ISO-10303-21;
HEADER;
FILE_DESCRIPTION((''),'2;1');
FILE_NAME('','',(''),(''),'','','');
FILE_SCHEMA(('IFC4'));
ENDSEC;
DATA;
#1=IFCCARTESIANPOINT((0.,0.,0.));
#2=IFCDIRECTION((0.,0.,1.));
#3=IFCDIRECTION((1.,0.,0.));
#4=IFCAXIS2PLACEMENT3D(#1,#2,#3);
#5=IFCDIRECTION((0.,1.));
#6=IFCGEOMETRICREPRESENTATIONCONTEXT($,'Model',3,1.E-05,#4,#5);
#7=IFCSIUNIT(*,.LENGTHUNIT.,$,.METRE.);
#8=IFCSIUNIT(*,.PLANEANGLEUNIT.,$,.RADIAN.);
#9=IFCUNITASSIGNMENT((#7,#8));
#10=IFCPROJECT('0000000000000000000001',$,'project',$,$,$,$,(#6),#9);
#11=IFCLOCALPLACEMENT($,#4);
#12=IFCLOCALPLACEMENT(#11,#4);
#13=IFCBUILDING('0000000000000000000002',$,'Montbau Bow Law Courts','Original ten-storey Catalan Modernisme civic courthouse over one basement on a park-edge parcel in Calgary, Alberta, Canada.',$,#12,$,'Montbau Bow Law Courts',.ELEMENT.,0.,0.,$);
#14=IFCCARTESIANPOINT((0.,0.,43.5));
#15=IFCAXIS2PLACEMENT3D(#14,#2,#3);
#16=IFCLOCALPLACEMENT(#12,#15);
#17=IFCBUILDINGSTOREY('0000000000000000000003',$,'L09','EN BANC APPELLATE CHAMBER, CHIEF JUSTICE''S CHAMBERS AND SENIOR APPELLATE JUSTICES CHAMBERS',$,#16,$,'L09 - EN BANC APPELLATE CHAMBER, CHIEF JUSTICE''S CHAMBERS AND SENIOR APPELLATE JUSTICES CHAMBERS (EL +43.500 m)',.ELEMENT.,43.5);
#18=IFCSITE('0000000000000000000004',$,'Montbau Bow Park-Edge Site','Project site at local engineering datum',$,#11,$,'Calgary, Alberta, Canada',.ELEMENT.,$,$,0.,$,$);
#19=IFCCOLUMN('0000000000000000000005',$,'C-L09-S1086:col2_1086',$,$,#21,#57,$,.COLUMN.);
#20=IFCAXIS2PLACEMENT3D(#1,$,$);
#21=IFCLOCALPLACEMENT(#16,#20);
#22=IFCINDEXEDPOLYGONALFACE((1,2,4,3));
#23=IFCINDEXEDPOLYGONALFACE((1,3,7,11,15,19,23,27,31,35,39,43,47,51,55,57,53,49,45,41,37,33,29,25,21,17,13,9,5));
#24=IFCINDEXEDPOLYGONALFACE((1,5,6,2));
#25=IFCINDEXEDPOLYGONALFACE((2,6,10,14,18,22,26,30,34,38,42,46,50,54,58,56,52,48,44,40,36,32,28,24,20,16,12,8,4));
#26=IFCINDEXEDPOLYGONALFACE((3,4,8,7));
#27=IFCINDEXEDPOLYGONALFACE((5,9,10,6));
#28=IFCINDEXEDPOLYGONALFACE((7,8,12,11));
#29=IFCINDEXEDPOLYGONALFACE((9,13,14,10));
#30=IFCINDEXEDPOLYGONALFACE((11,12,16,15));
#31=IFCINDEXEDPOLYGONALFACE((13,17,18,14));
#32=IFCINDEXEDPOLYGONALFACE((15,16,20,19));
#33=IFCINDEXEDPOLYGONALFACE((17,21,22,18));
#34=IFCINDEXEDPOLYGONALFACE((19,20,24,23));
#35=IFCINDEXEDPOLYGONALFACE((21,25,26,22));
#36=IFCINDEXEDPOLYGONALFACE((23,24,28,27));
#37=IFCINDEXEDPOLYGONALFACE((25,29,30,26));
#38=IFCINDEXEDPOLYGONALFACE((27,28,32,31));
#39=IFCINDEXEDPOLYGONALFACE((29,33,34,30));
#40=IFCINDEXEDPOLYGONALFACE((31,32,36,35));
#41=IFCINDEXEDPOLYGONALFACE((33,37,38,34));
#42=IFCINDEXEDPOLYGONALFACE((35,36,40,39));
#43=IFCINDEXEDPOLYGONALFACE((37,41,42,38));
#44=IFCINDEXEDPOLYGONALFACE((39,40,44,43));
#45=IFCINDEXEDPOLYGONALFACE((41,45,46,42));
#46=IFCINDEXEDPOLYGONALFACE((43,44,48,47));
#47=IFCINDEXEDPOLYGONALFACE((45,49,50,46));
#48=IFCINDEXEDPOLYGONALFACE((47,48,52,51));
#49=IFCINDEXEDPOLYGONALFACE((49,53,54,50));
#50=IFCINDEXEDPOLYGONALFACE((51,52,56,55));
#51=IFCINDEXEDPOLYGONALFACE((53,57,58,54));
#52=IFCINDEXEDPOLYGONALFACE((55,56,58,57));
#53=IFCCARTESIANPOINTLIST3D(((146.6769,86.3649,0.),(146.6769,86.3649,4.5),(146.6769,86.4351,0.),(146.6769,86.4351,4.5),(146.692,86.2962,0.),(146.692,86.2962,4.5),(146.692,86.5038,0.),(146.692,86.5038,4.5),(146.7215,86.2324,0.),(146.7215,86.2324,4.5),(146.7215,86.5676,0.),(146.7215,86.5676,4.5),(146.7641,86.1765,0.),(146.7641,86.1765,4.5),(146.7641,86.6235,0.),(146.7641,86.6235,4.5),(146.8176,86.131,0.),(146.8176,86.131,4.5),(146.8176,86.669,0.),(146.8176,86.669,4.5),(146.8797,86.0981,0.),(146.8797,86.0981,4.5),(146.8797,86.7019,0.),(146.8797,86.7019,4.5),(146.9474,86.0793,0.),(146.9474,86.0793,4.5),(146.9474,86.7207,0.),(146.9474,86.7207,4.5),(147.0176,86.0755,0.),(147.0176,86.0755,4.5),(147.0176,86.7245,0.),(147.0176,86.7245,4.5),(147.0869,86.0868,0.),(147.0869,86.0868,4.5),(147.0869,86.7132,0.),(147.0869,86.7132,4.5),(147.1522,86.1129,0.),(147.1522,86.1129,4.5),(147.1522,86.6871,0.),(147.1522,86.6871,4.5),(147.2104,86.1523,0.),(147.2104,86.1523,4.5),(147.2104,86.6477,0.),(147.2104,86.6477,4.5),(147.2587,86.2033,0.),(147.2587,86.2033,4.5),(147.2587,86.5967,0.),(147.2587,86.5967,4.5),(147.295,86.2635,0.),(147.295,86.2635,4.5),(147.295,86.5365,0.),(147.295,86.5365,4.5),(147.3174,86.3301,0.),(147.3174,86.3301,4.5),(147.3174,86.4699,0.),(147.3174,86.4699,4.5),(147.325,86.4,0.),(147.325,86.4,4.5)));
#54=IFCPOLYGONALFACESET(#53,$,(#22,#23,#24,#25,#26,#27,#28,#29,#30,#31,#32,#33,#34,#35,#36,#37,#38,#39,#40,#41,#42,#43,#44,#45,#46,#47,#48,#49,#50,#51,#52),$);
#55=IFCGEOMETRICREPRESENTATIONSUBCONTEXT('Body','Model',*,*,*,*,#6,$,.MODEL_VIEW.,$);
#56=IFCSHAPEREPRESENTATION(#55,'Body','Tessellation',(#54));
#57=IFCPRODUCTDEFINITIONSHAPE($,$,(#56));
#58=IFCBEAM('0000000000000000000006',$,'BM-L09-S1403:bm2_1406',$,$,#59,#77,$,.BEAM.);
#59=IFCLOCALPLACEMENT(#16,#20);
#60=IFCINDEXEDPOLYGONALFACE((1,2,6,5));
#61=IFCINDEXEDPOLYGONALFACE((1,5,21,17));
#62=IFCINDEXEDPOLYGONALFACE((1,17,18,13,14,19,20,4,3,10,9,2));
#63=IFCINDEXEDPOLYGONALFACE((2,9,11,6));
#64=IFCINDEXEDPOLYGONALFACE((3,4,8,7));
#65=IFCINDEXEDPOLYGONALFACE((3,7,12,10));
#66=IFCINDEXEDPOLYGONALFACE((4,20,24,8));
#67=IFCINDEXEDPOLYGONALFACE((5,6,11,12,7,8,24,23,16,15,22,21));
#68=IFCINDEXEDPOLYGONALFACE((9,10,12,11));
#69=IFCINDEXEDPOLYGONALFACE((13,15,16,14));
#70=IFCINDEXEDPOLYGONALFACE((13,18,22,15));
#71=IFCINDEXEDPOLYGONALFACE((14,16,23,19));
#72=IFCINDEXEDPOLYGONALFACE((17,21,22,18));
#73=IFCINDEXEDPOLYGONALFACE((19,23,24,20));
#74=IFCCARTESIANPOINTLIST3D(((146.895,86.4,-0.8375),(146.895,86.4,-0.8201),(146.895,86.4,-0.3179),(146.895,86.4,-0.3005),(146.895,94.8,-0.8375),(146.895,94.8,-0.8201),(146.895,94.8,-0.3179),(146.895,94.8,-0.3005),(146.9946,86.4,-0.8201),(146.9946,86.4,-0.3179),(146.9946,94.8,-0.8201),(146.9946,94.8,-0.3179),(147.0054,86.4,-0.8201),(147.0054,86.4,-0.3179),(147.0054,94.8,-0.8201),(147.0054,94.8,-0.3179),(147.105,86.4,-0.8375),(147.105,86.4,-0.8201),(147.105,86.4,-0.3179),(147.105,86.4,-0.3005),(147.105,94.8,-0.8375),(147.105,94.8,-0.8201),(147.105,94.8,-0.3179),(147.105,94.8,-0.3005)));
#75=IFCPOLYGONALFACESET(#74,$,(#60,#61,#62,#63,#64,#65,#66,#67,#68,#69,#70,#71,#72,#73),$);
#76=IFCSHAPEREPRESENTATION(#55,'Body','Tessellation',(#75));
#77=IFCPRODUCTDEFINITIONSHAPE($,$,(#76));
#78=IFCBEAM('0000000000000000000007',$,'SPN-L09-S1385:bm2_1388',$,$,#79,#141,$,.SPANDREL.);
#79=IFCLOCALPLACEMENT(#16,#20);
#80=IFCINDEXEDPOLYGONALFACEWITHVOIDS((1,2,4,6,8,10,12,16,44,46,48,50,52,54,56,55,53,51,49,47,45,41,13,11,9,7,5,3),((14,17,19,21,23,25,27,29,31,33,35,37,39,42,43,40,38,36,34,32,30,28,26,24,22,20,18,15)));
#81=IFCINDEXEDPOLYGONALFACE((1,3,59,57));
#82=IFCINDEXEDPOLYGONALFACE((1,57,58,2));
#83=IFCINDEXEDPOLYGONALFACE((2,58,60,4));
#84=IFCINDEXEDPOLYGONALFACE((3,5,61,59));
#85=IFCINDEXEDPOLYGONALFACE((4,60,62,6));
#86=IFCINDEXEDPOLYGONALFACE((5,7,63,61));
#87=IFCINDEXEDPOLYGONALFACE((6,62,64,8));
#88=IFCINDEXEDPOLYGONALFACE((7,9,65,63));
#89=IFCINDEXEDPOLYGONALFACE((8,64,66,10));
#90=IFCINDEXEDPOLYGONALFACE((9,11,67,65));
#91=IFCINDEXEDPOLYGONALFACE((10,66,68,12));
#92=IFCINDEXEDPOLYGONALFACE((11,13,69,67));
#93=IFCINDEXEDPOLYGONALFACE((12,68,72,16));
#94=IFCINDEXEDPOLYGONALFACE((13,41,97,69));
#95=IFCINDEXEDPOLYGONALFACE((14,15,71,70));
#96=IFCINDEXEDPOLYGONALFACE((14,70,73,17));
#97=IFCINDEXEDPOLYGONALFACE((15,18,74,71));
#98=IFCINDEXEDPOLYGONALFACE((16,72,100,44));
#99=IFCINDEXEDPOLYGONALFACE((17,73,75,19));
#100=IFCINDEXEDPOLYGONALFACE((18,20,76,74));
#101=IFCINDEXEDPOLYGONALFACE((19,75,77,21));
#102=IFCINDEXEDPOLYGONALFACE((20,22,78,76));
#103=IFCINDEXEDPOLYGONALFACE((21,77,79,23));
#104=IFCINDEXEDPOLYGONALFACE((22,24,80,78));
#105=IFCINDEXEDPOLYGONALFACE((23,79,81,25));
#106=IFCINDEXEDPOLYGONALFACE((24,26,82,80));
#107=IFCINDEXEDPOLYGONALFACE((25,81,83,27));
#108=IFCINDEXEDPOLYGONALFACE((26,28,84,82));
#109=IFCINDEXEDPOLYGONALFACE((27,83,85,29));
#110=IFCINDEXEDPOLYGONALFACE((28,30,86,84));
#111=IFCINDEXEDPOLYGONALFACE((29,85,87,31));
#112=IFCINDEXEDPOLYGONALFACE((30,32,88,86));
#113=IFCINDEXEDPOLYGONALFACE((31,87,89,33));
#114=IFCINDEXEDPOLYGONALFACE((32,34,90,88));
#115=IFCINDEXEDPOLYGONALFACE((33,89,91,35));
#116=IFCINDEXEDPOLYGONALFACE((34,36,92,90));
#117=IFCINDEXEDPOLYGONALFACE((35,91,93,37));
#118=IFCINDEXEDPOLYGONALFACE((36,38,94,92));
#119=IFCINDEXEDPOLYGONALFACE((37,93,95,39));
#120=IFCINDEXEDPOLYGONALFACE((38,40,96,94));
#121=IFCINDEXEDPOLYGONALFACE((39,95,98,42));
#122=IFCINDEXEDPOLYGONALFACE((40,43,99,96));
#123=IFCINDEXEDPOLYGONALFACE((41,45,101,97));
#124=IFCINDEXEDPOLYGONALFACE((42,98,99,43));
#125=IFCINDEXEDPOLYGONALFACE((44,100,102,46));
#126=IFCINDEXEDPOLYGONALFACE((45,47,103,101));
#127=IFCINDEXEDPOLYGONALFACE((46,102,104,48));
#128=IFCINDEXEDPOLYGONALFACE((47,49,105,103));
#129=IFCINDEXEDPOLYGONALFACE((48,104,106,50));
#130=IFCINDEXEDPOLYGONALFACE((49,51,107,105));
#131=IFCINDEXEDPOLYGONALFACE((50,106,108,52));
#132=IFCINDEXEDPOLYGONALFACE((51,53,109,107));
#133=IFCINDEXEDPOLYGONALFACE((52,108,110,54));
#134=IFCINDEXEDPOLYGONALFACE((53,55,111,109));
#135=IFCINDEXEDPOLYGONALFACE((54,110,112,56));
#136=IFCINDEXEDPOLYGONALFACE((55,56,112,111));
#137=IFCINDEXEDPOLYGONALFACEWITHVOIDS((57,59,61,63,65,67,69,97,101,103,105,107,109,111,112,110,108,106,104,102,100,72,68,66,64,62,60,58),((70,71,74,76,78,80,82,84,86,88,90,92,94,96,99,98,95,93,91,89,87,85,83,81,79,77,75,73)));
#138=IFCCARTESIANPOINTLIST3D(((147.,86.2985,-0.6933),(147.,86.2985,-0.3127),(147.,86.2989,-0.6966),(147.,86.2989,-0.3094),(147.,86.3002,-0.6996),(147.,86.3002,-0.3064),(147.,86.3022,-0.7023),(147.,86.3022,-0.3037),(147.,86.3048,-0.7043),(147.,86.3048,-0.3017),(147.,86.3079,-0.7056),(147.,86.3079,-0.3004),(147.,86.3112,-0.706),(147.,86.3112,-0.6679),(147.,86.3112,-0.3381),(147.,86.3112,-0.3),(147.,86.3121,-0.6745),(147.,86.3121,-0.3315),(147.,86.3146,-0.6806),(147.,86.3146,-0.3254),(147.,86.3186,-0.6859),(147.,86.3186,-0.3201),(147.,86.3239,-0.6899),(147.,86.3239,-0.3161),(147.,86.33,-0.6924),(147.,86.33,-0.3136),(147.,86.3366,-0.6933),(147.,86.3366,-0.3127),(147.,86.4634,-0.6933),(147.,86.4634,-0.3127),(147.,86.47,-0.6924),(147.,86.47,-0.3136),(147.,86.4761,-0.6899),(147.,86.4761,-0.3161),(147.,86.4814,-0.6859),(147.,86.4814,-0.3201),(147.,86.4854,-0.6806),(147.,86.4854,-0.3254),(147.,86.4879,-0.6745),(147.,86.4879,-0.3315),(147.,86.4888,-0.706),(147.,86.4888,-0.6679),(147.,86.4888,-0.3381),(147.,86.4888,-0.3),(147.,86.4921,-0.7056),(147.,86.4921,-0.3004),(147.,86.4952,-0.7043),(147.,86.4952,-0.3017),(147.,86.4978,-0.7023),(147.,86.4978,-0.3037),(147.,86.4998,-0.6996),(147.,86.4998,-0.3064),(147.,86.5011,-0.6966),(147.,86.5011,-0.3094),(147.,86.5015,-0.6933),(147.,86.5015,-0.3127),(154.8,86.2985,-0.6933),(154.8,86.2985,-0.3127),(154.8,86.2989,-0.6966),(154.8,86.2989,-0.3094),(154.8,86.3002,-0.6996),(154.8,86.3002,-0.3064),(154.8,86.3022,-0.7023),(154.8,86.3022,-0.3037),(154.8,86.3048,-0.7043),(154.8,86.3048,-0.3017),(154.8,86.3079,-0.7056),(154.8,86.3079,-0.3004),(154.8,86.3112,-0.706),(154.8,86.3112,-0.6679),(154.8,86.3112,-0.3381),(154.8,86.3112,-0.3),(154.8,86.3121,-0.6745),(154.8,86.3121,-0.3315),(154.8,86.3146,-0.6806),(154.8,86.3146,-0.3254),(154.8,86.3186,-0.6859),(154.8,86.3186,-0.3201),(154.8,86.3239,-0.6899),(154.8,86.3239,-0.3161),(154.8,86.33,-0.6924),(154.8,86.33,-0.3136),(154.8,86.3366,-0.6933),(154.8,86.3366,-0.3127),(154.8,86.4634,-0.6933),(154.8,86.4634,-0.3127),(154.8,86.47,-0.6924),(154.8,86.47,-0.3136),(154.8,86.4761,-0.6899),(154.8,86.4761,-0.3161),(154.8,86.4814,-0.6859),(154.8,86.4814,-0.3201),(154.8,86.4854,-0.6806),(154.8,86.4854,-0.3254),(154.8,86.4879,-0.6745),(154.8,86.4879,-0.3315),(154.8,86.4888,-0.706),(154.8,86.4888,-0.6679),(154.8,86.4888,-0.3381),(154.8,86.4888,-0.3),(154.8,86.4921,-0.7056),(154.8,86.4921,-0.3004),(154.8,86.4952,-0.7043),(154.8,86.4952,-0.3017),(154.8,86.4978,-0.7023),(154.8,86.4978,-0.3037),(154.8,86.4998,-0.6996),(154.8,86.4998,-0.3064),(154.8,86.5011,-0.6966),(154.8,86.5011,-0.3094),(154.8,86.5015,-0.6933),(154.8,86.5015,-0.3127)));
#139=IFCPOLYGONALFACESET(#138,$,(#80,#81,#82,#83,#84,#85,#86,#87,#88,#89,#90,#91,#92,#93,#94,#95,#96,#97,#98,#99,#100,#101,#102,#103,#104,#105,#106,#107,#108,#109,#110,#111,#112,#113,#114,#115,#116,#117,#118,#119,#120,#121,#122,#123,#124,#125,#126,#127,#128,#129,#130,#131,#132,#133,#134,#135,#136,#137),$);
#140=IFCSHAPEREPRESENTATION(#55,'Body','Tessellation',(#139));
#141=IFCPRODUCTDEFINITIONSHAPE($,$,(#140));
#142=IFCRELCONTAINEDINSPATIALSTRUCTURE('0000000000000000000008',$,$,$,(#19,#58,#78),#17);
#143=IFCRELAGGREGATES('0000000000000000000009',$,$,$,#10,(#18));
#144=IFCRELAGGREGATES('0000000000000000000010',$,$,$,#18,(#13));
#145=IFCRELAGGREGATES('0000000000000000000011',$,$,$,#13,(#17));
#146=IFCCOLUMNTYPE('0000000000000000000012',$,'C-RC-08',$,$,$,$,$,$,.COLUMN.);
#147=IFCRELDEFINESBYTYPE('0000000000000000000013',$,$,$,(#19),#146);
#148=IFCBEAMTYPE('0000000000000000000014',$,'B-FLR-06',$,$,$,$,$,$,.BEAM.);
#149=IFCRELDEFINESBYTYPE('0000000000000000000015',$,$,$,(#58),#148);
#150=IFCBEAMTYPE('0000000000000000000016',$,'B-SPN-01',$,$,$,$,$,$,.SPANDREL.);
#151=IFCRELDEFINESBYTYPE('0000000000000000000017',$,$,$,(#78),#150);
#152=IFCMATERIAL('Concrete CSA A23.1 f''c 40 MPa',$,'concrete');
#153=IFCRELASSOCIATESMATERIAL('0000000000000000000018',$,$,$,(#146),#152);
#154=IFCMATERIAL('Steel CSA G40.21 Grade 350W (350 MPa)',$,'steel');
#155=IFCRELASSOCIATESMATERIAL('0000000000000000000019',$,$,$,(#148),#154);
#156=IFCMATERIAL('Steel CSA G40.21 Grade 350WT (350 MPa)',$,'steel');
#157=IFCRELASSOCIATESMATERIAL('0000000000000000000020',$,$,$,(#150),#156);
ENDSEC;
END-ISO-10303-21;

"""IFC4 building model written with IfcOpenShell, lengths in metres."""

from ifc_helpers import new_model, si_unit, direction, frame, origin_with_axes, origin_2d_with_axis, place, context, subcontext, project, spatial, hollow_rectangle, circle, i_section, extrude, material, material_profile, profile_set, type_object, element, save


model = new_model("IFC4")

# Units and contexts
model_context = context("Model", 3, precision=1e-05, world=origin_with_axes(), true_north=direction((0.0, 1.0)))
body_context = subcontext(model_context, "Body", "Model", "MODEL_VIEW")
ifc_project = project(units=[si_unit("LENGTHUNIT", "METRE"), si_unit("PLANEANGLEUNIT", "RADIAN")], contexts=[model_context])

# Site, building, storey
site_placement = place(None, origin_with_axes())
site = spatial("IfcSite", under=ifc_project, at=site_placement, Name="Montbau Bow Park-Edge Site", Description="Project site at local engineering datum", LongName="Calgary, Alberta, Canada", CompositionType="ELEMENT", RefElevation=0.0)
building_placement = place(site_placement, origin_with_axes())
building = spatial("IfcBuilding", under=site, at=building_placement, Name="Montbau Bow Law Courts", Description="Original ten-storey Catalan Modernisme civic courthouse over one basement on a park-edge parcel in Calgary, Alberta, Canada.", LongName="Montbau Bow Law Courts", CompositionType="ELEMENT", ElevationOfRefHeight=0.0, ElevationOfTerrain=0.0)
storey_placement = place(building_placement, frame((0.0, 0.0, 43.5), z_axis=(0.0, 0.0, 1.0), x_axis=(1.0, 0.0, 0.0)))
storey = spatial("IfcBuildingStorey", under=building, at=storey_placement, Name="L09", Description="EN BANC APPELLATE CHAMBER, CHIEF JUSTICE'S CHAMBERS AND SENIOR APPELLATE JUSTICES CHAMBERS", LongName="L09 - EN BANC APPELLATE CHAMBER, CHIEF JUSTICE'S CHAMBERS AND SENIOR APPELLATE JUSTICES CHAMBERS (EL +43.500 m)", CompositionType="ELEMENT", Elevation=43.5)

# Column
ifc_material_1 = material(Name="Concrete CSA A23.1 f'c 40 MPa", Category="concrete")
ifc_material_profile_1 = material_profile(ifc_material_1, circle(Radius=0.325, at=origin_2d_with_axis()), Name="RC650D", Category="Main", Priority=0)
ifc_profile_set_1 = profile_set([ifc_material_profile_1], Name="Concrete CSA A23.1 f'c 40 MPa")
column_type = type_object("IfcColumnType", Name="C-RC-08", PredefinedType="COLUMN", material=ifc_profile_set_1)
column_placement = place(None, frame((147.0, 86.4, 43.5), z_axis=(0.0, 0.0, 1.0), x_axis=(1.0, 0.0, 0.0)))
element("IfcColumn", 1, at=column_placement, inside=storey, type_object=column_type, Name="C-L09-S1086:col2_1086", PredefinedType="COLUMN", context=body_context, shape_type="SweptSolid", body=[
    extrude(circle(Radius=0.325, at=origin_2d_with_axis()), origin_with_axes(), (0.0, 0.0, 1.0), 4.5),
])

# Beams
ifc_material_2 = material(Name="Steel CSA G40.21 Grade 350W (350 MPa)", Category="steel")
ifc_material_profile_2 = material_profile(ifc_material_2, i_section(OverallWidth=0.21, OverallDepth=0.537, WebThickness=0.0109, FlangeThickness=0.0174, at=origin_2d_with_axis()), Name="W530X101", Category="Main", Priority=0)
ifc_profile_set_2 = profile_set([ifc_material_profile_2], Name="Steel CSA G40.21 Grade 350W (350 MPa)")
beam_type_1 = type_object("IfcBeamType", Name="B-FLR-06", PredefinedType="BEAM", material=ifc_profile_set_2)
beam_1_placement = place(None, frame((147.0, 86.4, 42.931), z_axis=(0.0, 1.0, 0.0), x_axis=(-1.0, 0.0, 0.0)))
element("IfcBeam", 2, at=beam_1_placement, inside=storey, type_object=beam_type_1, Name="BM-L09-S1403:bm2_1406", PredefinedType="BEAM", context=body_context, shape_type="SweptSolid", body=[
    extrude(i_section(OverallWidth=0.21, OverallDepth=0.537, WebThickness=0.0109, FlangeThickness=0.0174, at=origin_2d_with_axis()), origin_with_axes(), (0.0, 0.0, 1.0), 8.4),
])
ifc_material_3 = material(Name="Steel CSA G40.21 Grade 350WT (350 MPa)", Category="steel")
ifc_material_profile_3 = material_profile(ifc_material_3, hollow_rectangle(XDim=0.203, YDim=0.406, WallThickness=0.0127, InnerFilletRadius=0.0254, OuterFilletRadius=0.0127, at=origin_2d_with_axis()), Name="HSS406X203X13", Category="Main", Priority=0)
ifc_profile_set_3 = profile_set([ifc_material_profile_3], Name="Steel CSA G40.21 Grade 350WT (350 MPa)")
beam_type_2 = type_object("IfcBeamType", Name="B-SPN-01", PredefinedType="SPANDREL", material=ifc_profile_set_3)
beam_2_placement = place(None, frame((147.0, 86.4, 42.997), z_axis=(1.0, 0.0, 0.0), x_axis=(0.0, 1.0, 0.0)))
element("IfcBeam", 3, at=beam_2_placement, inside=storey, type_object=beam_type_2, Name="SPN-L09-S1385:bm2_1388", PredefinedType="SPANDREL", context=body_context, shape_type="SweptSolid", body=[
    extrude(hollow_rectangle(XDim=0.203, YDim=0.406, WallThickness=0.0127, InnerFilletRadius=0.0254, OuterFilletRadius=0.0127, at=origin_2d_with_axis()), origin_with_axes(), (0.0, 0.0, 1.0), 7.8),
])

save(model, "model.ifc")
